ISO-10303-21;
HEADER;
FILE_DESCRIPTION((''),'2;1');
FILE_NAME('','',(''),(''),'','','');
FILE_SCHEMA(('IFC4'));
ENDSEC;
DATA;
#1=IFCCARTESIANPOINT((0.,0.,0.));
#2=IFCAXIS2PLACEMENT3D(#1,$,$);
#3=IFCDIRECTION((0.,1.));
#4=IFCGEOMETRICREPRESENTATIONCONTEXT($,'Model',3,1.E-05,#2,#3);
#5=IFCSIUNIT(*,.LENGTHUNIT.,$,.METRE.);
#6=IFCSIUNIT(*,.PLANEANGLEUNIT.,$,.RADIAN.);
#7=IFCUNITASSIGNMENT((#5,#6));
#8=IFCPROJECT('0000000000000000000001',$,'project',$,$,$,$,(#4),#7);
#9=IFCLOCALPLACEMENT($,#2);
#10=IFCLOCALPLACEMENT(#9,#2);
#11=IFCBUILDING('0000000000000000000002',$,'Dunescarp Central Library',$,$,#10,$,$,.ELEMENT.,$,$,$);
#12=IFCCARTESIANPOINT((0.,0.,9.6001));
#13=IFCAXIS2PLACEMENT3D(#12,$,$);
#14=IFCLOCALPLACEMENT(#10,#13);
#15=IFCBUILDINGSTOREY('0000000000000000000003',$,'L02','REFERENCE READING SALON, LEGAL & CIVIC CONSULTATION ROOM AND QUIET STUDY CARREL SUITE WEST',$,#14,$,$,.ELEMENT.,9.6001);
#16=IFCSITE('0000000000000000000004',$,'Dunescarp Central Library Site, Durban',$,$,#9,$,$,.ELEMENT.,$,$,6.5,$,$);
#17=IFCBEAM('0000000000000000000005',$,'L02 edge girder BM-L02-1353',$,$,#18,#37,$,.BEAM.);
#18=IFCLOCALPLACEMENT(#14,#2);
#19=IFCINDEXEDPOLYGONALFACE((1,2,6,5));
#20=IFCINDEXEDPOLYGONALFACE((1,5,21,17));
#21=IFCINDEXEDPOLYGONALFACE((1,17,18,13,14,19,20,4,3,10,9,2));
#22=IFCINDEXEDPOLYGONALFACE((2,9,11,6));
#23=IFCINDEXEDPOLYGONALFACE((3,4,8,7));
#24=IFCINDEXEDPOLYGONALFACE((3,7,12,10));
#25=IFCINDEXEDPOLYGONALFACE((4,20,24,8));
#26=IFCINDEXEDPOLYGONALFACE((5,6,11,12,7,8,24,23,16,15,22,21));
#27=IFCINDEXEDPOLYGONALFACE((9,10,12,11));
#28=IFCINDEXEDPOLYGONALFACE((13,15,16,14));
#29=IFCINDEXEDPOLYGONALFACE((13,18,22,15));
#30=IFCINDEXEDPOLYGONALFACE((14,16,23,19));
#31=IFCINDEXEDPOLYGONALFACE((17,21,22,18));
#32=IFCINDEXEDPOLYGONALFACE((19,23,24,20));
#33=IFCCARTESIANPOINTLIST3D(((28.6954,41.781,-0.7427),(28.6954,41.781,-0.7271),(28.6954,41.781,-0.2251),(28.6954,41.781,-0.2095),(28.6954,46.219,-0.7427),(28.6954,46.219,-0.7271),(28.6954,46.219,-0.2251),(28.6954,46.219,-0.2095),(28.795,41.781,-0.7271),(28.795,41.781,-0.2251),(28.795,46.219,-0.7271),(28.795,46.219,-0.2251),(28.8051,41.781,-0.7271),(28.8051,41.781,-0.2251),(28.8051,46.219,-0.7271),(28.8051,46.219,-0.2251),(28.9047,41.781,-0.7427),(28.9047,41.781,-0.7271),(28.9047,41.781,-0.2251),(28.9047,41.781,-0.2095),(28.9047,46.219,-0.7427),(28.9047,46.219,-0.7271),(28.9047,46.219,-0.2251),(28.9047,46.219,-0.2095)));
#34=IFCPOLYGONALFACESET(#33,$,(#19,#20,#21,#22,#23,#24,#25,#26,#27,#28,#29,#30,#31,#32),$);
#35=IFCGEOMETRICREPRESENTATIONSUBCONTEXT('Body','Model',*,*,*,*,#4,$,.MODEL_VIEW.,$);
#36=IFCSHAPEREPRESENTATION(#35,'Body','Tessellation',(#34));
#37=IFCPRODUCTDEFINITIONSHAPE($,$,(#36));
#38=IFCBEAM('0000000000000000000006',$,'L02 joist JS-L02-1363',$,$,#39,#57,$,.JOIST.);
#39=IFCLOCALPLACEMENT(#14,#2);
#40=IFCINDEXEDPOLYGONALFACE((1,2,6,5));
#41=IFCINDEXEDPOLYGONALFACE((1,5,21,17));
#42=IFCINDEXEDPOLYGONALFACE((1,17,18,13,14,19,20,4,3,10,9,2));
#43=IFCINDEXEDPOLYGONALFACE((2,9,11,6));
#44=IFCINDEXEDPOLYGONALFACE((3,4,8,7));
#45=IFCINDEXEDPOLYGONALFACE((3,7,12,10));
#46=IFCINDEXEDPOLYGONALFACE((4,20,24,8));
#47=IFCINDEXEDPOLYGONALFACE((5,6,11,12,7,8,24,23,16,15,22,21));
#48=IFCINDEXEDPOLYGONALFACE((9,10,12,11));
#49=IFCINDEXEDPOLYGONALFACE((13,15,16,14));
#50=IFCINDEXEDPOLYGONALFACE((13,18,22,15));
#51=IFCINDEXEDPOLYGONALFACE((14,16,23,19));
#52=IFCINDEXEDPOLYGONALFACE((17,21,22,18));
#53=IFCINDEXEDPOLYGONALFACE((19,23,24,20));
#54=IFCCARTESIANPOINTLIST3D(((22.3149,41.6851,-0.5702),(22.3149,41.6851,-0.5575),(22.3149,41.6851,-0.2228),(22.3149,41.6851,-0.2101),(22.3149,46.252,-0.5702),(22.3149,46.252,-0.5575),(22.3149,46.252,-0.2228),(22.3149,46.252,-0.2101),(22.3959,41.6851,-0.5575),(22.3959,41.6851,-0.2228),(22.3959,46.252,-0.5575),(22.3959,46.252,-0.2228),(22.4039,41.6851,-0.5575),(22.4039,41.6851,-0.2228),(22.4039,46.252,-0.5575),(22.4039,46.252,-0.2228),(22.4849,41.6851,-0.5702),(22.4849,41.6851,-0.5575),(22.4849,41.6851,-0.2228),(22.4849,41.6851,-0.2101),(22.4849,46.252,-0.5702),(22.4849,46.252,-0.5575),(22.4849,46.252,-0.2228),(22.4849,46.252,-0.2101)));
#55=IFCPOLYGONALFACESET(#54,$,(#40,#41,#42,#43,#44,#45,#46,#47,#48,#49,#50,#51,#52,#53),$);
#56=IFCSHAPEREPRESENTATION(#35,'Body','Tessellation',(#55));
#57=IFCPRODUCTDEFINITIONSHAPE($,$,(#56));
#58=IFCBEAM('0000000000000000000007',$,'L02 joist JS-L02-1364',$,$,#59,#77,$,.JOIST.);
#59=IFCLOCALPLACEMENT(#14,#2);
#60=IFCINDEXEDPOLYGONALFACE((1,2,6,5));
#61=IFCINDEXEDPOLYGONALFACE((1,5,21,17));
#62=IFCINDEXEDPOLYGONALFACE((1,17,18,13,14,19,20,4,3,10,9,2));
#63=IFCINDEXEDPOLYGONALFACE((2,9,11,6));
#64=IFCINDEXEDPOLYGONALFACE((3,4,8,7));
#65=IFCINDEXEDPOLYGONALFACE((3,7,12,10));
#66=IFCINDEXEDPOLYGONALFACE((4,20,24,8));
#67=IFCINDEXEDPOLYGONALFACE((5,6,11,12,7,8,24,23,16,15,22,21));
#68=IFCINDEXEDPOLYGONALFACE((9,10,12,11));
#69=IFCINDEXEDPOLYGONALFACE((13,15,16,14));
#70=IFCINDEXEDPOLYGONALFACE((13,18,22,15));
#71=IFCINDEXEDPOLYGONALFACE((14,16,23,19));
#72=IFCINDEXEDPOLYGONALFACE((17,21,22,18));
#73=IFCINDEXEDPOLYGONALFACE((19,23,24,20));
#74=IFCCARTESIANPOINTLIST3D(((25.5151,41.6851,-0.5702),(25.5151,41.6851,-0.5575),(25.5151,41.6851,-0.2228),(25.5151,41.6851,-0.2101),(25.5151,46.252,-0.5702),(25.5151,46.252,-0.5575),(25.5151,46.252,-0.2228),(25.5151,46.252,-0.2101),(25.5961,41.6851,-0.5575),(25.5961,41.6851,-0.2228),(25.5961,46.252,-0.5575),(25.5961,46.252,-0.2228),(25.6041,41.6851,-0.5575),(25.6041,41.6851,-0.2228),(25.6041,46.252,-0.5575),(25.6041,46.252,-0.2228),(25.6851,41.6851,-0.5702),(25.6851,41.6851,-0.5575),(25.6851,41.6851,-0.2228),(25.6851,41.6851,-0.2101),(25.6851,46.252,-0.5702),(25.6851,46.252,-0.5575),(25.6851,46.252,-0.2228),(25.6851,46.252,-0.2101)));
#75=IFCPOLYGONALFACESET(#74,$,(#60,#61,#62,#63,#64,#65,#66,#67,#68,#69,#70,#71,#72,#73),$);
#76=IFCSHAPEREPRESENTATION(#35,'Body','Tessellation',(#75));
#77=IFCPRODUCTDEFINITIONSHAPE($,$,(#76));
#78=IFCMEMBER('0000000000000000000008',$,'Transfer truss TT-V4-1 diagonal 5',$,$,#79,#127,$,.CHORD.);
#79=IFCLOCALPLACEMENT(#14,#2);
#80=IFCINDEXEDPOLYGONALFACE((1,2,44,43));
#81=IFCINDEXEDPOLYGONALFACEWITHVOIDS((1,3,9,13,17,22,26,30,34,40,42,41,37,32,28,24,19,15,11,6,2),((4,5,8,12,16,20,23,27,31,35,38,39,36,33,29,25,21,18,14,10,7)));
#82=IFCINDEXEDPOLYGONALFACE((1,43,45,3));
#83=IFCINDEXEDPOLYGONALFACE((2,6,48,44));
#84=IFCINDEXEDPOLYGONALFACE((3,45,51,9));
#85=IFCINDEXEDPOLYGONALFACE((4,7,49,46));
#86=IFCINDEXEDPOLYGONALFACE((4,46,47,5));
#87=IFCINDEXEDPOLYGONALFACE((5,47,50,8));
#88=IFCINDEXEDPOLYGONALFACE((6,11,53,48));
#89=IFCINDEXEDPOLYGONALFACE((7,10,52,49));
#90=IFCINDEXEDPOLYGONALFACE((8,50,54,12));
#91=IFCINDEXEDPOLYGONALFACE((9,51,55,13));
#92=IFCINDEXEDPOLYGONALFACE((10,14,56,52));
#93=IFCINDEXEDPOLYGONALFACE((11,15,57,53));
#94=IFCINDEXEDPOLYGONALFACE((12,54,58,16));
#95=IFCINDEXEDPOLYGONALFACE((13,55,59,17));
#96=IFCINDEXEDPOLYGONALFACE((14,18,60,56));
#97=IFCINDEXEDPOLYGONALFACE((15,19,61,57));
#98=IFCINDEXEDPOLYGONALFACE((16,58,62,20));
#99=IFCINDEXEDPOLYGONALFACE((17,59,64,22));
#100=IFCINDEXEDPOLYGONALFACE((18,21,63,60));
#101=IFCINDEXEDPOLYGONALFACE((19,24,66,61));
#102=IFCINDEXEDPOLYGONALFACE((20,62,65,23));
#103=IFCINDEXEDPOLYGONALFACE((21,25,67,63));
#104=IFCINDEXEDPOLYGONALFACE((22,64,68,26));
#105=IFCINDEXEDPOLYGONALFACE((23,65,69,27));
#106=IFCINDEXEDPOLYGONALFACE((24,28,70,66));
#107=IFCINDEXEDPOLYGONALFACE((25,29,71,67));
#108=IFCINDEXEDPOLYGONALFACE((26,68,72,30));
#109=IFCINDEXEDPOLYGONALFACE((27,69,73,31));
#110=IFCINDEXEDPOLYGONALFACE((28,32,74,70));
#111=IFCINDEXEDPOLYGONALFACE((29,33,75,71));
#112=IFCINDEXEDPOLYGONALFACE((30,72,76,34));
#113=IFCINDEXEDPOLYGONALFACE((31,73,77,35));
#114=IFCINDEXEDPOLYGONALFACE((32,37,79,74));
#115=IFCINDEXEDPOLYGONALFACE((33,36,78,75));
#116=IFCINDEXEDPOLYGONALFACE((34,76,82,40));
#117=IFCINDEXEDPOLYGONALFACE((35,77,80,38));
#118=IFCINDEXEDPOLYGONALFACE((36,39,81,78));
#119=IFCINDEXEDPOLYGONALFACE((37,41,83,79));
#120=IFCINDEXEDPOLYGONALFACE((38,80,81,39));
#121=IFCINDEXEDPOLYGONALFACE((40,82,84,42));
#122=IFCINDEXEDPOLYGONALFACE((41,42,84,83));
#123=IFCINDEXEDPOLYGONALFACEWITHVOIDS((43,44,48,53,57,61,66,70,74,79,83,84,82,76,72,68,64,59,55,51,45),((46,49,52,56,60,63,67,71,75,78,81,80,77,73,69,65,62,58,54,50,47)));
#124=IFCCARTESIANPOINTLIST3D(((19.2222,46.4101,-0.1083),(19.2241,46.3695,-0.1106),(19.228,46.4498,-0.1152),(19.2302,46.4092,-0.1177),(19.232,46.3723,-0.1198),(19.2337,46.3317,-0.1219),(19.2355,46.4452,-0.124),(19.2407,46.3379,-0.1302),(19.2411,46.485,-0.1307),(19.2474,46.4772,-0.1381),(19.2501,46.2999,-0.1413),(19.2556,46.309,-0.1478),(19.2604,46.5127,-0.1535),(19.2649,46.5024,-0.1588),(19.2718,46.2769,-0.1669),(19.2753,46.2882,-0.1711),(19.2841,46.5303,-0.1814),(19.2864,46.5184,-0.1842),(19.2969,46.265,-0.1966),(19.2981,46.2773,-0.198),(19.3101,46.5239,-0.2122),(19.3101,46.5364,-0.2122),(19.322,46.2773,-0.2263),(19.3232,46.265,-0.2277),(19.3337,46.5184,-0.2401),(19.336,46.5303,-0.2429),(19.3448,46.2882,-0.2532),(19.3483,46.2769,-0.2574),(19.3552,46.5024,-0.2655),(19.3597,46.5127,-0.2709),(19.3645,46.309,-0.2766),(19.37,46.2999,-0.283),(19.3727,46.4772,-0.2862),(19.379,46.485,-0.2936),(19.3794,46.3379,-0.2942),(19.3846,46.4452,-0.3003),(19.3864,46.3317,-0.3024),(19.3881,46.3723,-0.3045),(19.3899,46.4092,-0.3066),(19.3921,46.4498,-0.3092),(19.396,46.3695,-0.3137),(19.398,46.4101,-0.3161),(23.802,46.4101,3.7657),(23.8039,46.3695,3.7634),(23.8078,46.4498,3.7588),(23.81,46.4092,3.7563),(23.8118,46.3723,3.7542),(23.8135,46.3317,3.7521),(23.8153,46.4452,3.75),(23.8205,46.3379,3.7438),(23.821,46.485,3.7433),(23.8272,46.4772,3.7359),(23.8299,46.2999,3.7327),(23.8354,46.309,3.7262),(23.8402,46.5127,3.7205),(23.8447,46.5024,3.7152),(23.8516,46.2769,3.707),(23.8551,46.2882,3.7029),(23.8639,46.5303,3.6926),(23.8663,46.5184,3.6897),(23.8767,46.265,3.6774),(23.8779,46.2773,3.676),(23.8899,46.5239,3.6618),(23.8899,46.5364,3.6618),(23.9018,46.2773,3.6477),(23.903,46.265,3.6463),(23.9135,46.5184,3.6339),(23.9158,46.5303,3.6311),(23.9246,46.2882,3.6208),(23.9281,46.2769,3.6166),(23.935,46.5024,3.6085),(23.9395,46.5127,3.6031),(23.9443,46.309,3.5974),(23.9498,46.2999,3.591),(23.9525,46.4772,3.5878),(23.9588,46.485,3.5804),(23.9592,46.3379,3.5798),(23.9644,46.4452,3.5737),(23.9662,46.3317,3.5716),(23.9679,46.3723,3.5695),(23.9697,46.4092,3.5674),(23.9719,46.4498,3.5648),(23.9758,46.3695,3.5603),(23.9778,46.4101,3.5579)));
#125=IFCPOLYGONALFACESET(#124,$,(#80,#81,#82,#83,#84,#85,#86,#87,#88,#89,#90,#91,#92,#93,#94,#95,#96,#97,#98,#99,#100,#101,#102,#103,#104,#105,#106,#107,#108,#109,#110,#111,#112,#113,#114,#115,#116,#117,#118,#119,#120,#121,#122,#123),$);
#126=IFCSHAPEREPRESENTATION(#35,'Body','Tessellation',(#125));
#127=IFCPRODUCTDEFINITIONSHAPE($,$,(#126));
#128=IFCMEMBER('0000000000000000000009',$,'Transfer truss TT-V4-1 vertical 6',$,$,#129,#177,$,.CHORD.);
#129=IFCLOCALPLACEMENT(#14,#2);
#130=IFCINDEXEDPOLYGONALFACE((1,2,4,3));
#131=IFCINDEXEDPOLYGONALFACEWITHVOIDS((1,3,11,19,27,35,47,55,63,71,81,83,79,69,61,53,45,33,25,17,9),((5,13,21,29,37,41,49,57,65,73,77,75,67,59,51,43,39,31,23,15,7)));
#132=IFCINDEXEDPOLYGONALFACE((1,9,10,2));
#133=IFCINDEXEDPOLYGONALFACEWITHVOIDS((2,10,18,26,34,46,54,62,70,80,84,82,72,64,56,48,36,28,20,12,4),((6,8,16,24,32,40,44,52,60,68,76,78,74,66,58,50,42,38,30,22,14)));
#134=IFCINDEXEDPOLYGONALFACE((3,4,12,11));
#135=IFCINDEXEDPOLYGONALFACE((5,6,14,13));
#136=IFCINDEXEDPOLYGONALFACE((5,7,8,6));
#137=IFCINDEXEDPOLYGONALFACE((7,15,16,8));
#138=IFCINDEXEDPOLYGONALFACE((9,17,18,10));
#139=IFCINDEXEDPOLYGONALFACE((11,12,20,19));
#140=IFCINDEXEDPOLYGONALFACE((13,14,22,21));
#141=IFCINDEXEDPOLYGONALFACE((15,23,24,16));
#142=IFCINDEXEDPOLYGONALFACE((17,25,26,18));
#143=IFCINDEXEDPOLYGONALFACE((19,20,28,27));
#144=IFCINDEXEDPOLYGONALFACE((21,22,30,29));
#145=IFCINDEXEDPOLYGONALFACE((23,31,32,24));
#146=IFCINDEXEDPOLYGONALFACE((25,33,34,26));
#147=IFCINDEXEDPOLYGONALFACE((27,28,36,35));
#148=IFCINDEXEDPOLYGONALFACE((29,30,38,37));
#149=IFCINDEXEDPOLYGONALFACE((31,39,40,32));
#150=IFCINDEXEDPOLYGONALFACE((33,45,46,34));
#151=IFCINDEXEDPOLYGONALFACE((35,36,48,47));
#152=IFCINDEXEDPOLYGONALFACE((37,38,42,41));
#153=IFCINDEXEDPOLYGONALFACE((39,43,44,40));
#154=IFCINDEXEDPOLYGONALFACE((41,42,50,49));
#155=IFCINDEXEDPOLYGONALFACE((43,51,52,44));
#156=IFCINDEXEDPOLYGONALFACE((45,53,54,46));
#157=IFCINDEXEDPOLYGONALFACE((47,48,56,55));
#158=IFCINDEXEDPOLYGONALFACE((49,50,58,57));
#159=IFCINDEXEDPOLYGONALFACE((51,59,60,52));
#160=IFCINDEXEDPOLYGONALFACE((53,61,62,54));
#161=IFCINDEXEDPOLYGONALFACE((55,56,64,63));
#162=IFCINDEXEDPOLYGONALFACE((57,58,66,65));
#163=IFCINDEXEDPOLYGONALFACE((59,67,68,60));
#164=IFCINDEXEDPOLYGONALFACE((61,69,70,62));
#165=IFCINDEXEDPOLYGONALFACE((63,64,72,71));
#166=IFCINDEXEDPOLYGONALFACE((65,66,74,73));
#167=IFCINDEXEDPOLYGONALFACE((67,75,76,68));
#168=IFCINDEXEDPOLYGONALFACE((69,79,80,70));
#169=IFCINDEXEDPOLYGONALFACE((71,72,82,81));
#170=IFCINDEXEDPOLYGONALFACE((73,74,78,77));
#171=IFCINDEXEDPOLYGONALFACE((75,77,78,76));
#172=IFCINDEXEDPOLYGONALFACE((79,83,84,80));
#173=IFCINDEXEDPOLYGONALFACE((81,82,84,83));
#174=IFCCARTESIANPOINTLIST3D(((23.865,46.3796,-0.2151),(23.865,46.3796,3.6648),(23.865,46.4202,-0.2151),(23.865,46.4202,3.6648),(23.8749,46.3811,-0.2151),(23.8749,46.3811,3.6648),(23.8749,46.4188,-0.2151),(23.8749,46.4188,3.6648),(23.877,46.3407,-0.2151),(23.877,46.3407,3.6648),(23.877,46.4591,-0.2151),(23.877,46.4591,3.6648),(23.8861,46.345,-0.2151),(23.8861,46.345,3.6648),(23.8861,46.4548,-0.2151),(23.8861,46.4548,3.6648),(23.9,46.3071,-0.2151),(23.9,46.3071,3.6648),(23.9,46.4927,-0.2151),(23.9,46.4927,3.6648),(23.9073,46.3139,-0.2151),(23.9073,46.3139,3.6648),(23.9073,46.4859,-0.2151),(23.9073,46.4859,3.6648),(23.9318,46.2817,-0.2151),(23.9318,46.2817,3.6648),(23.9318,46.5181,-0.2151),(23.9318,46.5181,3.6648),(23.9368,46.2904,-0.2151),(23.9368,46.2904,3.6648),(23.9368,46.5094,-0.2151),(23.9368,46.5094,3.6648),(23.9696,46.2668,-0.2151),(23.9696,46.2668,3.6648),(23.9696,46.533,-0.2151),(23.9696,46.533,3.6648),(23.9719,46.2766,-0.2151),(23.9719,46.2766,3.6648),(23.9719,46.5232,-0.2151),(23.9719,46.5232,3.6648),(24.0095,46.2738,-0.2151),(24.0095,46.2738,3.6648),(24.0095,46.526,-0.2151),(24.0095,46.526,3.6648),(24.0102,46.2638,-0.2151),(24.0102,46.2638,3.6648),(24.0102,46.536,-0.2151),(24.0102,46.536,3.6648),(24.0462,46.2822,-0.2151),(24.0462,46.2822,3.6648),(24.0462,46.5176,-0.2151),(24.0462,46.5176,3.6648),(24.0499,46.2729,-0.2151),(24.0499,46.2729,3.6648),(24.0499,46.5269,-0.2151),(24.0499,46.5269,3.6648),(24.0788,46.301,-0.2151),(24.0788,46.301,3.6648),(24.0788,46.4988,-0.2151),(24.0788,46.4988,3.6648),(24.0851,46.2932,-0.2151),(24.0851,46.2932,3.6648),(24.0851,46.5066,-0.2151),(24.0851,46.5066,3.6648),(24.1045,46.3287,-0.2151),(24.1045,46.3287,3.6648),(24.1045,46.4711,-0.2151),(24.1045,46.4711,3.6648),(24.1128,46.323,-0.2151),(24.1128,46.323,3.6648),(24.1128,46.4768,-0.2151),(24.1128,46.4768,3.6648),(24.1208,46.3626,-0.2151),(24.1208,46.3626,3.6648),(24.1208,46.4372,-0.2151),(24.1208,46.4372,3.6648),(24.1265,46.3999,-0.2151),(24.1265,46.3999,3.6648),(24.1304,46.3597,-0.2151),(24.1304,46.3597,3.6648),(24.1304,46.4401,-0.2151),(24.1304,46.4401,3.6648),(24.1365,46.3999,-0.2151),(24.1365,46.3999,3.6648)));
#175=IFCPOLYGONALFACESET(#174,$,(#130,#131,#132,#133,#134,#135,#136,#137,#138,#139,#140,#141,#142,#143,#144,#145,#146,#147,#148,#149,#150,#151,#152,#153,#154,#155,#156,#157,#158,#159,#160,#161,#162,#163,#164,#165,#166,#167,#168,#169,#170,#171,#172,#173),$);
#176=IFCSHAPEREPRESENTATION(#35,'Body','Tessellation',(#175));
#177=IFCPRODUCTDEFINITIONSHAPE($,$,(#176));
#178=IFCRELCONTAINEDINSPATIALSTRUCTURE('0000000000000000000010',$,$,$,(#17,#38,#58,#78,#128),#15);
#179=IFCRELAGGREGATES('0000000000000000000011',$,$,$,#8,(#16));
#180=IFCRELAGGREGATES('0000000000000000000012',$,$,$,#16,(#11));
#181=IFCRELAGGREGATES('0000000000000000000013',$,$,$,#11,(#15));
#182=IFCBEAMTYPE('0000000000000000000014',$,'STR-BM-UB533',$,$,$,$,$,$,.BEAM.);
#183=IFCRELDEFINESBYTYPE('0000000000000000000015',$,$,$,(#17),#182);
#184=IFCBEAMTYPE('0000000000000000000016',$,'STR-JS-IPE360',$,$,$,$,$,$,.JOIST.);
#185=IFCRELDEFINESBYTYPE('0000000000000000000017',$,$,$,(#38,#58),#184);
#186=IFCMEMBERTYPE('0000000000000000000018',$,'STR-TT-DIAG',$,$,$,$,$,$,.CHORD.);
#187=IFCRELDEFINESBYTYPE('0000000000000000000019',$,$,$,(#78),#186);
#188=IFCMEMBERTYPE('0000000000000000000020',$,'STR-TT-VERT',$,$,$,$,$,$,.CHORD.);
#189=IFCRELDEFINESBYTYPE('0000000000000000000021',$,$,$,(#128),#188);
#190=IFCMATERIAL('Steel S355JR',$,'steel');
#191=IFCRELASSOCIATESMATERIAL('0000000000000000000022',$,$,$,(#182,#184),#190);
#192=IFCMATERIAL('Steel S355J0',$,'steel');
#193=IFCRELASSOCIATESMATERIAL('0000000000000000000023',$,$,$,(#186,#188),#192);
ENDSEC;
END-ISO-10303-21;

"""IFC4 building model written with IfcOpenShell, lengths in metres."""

from ifc_helpers import new_model, si_unit, direction, frame, origin, origin_2d, place, context, subcontext, project, spatial, hollow_circle, i_section, extrude, material, material_profile, profile_set, type_object, element, save


model = new_model("IFC4")

# Units and contexts
model_context = context("Model", 3, precision=1e-05, world=origin(), true_north=direction((0.0, 1.0)))
body_context = subcontext(model_context, "Body", "Model", "MODEL_VIEW")
ifc_project = project(units=[si_unit("LENGTHUNIT", "METRE"), si_unit("PLANEANGLEUNIT", "RADIAN")], contexts=[model_context])

# Site, building, storey
site_placement = place(None, origin())
site = spatial("IfcSite", under=ifc_project, at=site_placement, Name="Dunescarp Central Library Site, Durban", CompositionType="ELEMENT", RefElevation=6.5)
building_placement = place(site_placement, origin())
building = spatial("IfcBuilding", under=site, at=building_placement, Name="Dunescarp Central Library", CompositionType="ELEMENT")
storey_placement = place(building_placement, frame((0.0, 0.0, 9.6001)))
storey = spatial("IfcBuildingStorey", under=building, at=storey_placement, Name="L02", Description="REFERENCE READING SALON, LEGAL & CIVIC CONSULTATION ROOM AND QUIET STUDY CARREL SUITE WEST", CompositionType="ELEMENT", Elevation=9.6001)

# Shared definitions
ifc_material_1 = material(Name="Steel S355JR", Category="steel")

# Beams
ifc_material_profile_1 = material_profile(ifc_material_1, i_section(OverallWidth=0.2092, OverallDepth=0.5332, WebThickness=0.01, FlangeThickness=0.0156, at=origin_2d()), Name="UB 533x210x92")
ifc_profile_set_1 = profile_set([ifc_material_profile_1], Name="Steel S355JR")
beam_type_1 = type_object("IfcBeamType", Name="STR-BM-UB533", PredefinedType="BEAM", material=ifc_profile_set_1)
beam_1_placement = place(storey_placement, frame((28.8, 41.781, -0.4761), z_axis=(0.0, 1.0, 0.0), x_axis=(-1.0, 0.0, 0.0)))
element("IfcBeam", 1, at=beam_1_placement, inside=storey, type_object=beam_type_1, Name="L02 edge girder BM-L02-1353", PredefinedType="BEAM", context=body_context, shape_type="SweptSolid", body=[
    extrude(i_section(OverallWidth=0.2092, OverallDepth=0.5332, WebThickness=0.01, FlangeThickness=0.0156, at=origin_2d()), origin(), (0.0, 0.0, 1.0), 4.438),
])
ifc_material_profile_2 = material_profile(ifc_material_1, i_section(OverallWidth=0.1699, OverallDepth=0.3601, WebThickness=0.0081, FlangeThickness=0.0127, at=origin_2d()), Name="IPE 360")
ifc_profile_set_2 = profile_set([ifc_material_profile_2], Name="Steel S355JR")
beam_type_2 = type_object("IfcBeamType", Name="STR-JS-IPE360", PredefinedType="JOIST", material=ifc_profile_set_2)
for number, where, z_axis, x_axis, name in (
    (2, (22.3999, 41.6851, -0.3901), (0.0, 1.0, 0.0), (-1.0, 0.0, 0.0), "L02 joist JS-L02-1363"),
    (3, (25.6001, 41.6851, -0.3901), (0.0, 1.0, 0.0), (-1.0, 0.0, 0.0), "L02 joist JS-L02-1364"),
):
    element("IfcBeam", number, at=place(storey_placement, frame(where, z_axis=z_axis, x_axis=x_axis)), inside=storey, type_object=beam_type_2, Name=name, PredefinedType="JOIST", context=body_context, shape_type="SweptSolid", body=[
        extrude(i_section(OverallWidth=0.1699, OverallDepth=0.3601, WebThickness=0.0081, FlangeThickness=0.0127, at=origin_2d()), origin(), (0.0, 0.0, 1.0), 4.5669),
    ])

# Members
ifc_material_2 = material(Name="Steel S355J0", Category="steel")
ifc_material_profile_3 = material_profile(ifc_material_2, hollow_circle(Radius=0.1365, WallThickness=0.0125, at=origin_2d()), Name="CHS 273x12.5")
ifc_profile_set_3 = profile_set([ifc_material_profile_3], Name="Steel S355J0")
member_type_1 = type_object("IfcMemberType", Name="STR-TT-DIAG", PredefinedType="CHORD", material=ifc_profile_set_3)
member_1_placement = place(storey_placement, frame((19.3101, 46.3999, -0.2122), z_axis=(0.763487, 0.0, 0.645824), x_axis=(0.0, 1.0, 0.0)))
element("IfcMember", 4, at=member_1_placement, inside=storey, type_object=member_type_1, Name="Transfer truss TT-V4-1 diagonal 5", PredefinedType="CHORD", context=body_context, shape_type="SweptSolid", body=[
    extrude(hollow_circle(Radius=0.1365, WallThickness=0.0125, at=origin_2d()), origin(), (0.0, 0.0, 1.0), 5.9985),
])
ifc_material_profile_4 = material_profile(ifc_material_2, hollow_circle(Radius=0.1365, WallThickness=0.01, at=origin_2d()), Name="CHS 273x10")
ifc_profile_set_4 = profile_set([ifc_material_profile_4], Name="Steel S355J0")
member_type_2 = type_object("IfcMemberType", Name="STR-TT-VERT", PredefinedType="CHORD", material=ifc_profile_set_4)
for number, where, z_axis, x_axis, name in (
    (5, (24.0, 46.3999, -0.2151), (0.0, 0.0, 1.0), (1.0, 0.0, 0.0), "Transfer truss TT-V4-1 vertical 6"),
):
    element("IfcMember", number, at=place(storey_placement, frame(where, z_axis=z_axis, x_axis=x_axis)), inside=storey, type_object=member_type_2, Name=name, PredefinedType="CHORD", context=body_context, shape_type="SweptSolid", body=[
        extrude(hollow_circle(Radius=0.1365, WallThickness=0.01, at=origin_2d()), origin(), (0.0, 0.0, 1.0), 3.8799),
    ])

save(model, "model.ifc")
